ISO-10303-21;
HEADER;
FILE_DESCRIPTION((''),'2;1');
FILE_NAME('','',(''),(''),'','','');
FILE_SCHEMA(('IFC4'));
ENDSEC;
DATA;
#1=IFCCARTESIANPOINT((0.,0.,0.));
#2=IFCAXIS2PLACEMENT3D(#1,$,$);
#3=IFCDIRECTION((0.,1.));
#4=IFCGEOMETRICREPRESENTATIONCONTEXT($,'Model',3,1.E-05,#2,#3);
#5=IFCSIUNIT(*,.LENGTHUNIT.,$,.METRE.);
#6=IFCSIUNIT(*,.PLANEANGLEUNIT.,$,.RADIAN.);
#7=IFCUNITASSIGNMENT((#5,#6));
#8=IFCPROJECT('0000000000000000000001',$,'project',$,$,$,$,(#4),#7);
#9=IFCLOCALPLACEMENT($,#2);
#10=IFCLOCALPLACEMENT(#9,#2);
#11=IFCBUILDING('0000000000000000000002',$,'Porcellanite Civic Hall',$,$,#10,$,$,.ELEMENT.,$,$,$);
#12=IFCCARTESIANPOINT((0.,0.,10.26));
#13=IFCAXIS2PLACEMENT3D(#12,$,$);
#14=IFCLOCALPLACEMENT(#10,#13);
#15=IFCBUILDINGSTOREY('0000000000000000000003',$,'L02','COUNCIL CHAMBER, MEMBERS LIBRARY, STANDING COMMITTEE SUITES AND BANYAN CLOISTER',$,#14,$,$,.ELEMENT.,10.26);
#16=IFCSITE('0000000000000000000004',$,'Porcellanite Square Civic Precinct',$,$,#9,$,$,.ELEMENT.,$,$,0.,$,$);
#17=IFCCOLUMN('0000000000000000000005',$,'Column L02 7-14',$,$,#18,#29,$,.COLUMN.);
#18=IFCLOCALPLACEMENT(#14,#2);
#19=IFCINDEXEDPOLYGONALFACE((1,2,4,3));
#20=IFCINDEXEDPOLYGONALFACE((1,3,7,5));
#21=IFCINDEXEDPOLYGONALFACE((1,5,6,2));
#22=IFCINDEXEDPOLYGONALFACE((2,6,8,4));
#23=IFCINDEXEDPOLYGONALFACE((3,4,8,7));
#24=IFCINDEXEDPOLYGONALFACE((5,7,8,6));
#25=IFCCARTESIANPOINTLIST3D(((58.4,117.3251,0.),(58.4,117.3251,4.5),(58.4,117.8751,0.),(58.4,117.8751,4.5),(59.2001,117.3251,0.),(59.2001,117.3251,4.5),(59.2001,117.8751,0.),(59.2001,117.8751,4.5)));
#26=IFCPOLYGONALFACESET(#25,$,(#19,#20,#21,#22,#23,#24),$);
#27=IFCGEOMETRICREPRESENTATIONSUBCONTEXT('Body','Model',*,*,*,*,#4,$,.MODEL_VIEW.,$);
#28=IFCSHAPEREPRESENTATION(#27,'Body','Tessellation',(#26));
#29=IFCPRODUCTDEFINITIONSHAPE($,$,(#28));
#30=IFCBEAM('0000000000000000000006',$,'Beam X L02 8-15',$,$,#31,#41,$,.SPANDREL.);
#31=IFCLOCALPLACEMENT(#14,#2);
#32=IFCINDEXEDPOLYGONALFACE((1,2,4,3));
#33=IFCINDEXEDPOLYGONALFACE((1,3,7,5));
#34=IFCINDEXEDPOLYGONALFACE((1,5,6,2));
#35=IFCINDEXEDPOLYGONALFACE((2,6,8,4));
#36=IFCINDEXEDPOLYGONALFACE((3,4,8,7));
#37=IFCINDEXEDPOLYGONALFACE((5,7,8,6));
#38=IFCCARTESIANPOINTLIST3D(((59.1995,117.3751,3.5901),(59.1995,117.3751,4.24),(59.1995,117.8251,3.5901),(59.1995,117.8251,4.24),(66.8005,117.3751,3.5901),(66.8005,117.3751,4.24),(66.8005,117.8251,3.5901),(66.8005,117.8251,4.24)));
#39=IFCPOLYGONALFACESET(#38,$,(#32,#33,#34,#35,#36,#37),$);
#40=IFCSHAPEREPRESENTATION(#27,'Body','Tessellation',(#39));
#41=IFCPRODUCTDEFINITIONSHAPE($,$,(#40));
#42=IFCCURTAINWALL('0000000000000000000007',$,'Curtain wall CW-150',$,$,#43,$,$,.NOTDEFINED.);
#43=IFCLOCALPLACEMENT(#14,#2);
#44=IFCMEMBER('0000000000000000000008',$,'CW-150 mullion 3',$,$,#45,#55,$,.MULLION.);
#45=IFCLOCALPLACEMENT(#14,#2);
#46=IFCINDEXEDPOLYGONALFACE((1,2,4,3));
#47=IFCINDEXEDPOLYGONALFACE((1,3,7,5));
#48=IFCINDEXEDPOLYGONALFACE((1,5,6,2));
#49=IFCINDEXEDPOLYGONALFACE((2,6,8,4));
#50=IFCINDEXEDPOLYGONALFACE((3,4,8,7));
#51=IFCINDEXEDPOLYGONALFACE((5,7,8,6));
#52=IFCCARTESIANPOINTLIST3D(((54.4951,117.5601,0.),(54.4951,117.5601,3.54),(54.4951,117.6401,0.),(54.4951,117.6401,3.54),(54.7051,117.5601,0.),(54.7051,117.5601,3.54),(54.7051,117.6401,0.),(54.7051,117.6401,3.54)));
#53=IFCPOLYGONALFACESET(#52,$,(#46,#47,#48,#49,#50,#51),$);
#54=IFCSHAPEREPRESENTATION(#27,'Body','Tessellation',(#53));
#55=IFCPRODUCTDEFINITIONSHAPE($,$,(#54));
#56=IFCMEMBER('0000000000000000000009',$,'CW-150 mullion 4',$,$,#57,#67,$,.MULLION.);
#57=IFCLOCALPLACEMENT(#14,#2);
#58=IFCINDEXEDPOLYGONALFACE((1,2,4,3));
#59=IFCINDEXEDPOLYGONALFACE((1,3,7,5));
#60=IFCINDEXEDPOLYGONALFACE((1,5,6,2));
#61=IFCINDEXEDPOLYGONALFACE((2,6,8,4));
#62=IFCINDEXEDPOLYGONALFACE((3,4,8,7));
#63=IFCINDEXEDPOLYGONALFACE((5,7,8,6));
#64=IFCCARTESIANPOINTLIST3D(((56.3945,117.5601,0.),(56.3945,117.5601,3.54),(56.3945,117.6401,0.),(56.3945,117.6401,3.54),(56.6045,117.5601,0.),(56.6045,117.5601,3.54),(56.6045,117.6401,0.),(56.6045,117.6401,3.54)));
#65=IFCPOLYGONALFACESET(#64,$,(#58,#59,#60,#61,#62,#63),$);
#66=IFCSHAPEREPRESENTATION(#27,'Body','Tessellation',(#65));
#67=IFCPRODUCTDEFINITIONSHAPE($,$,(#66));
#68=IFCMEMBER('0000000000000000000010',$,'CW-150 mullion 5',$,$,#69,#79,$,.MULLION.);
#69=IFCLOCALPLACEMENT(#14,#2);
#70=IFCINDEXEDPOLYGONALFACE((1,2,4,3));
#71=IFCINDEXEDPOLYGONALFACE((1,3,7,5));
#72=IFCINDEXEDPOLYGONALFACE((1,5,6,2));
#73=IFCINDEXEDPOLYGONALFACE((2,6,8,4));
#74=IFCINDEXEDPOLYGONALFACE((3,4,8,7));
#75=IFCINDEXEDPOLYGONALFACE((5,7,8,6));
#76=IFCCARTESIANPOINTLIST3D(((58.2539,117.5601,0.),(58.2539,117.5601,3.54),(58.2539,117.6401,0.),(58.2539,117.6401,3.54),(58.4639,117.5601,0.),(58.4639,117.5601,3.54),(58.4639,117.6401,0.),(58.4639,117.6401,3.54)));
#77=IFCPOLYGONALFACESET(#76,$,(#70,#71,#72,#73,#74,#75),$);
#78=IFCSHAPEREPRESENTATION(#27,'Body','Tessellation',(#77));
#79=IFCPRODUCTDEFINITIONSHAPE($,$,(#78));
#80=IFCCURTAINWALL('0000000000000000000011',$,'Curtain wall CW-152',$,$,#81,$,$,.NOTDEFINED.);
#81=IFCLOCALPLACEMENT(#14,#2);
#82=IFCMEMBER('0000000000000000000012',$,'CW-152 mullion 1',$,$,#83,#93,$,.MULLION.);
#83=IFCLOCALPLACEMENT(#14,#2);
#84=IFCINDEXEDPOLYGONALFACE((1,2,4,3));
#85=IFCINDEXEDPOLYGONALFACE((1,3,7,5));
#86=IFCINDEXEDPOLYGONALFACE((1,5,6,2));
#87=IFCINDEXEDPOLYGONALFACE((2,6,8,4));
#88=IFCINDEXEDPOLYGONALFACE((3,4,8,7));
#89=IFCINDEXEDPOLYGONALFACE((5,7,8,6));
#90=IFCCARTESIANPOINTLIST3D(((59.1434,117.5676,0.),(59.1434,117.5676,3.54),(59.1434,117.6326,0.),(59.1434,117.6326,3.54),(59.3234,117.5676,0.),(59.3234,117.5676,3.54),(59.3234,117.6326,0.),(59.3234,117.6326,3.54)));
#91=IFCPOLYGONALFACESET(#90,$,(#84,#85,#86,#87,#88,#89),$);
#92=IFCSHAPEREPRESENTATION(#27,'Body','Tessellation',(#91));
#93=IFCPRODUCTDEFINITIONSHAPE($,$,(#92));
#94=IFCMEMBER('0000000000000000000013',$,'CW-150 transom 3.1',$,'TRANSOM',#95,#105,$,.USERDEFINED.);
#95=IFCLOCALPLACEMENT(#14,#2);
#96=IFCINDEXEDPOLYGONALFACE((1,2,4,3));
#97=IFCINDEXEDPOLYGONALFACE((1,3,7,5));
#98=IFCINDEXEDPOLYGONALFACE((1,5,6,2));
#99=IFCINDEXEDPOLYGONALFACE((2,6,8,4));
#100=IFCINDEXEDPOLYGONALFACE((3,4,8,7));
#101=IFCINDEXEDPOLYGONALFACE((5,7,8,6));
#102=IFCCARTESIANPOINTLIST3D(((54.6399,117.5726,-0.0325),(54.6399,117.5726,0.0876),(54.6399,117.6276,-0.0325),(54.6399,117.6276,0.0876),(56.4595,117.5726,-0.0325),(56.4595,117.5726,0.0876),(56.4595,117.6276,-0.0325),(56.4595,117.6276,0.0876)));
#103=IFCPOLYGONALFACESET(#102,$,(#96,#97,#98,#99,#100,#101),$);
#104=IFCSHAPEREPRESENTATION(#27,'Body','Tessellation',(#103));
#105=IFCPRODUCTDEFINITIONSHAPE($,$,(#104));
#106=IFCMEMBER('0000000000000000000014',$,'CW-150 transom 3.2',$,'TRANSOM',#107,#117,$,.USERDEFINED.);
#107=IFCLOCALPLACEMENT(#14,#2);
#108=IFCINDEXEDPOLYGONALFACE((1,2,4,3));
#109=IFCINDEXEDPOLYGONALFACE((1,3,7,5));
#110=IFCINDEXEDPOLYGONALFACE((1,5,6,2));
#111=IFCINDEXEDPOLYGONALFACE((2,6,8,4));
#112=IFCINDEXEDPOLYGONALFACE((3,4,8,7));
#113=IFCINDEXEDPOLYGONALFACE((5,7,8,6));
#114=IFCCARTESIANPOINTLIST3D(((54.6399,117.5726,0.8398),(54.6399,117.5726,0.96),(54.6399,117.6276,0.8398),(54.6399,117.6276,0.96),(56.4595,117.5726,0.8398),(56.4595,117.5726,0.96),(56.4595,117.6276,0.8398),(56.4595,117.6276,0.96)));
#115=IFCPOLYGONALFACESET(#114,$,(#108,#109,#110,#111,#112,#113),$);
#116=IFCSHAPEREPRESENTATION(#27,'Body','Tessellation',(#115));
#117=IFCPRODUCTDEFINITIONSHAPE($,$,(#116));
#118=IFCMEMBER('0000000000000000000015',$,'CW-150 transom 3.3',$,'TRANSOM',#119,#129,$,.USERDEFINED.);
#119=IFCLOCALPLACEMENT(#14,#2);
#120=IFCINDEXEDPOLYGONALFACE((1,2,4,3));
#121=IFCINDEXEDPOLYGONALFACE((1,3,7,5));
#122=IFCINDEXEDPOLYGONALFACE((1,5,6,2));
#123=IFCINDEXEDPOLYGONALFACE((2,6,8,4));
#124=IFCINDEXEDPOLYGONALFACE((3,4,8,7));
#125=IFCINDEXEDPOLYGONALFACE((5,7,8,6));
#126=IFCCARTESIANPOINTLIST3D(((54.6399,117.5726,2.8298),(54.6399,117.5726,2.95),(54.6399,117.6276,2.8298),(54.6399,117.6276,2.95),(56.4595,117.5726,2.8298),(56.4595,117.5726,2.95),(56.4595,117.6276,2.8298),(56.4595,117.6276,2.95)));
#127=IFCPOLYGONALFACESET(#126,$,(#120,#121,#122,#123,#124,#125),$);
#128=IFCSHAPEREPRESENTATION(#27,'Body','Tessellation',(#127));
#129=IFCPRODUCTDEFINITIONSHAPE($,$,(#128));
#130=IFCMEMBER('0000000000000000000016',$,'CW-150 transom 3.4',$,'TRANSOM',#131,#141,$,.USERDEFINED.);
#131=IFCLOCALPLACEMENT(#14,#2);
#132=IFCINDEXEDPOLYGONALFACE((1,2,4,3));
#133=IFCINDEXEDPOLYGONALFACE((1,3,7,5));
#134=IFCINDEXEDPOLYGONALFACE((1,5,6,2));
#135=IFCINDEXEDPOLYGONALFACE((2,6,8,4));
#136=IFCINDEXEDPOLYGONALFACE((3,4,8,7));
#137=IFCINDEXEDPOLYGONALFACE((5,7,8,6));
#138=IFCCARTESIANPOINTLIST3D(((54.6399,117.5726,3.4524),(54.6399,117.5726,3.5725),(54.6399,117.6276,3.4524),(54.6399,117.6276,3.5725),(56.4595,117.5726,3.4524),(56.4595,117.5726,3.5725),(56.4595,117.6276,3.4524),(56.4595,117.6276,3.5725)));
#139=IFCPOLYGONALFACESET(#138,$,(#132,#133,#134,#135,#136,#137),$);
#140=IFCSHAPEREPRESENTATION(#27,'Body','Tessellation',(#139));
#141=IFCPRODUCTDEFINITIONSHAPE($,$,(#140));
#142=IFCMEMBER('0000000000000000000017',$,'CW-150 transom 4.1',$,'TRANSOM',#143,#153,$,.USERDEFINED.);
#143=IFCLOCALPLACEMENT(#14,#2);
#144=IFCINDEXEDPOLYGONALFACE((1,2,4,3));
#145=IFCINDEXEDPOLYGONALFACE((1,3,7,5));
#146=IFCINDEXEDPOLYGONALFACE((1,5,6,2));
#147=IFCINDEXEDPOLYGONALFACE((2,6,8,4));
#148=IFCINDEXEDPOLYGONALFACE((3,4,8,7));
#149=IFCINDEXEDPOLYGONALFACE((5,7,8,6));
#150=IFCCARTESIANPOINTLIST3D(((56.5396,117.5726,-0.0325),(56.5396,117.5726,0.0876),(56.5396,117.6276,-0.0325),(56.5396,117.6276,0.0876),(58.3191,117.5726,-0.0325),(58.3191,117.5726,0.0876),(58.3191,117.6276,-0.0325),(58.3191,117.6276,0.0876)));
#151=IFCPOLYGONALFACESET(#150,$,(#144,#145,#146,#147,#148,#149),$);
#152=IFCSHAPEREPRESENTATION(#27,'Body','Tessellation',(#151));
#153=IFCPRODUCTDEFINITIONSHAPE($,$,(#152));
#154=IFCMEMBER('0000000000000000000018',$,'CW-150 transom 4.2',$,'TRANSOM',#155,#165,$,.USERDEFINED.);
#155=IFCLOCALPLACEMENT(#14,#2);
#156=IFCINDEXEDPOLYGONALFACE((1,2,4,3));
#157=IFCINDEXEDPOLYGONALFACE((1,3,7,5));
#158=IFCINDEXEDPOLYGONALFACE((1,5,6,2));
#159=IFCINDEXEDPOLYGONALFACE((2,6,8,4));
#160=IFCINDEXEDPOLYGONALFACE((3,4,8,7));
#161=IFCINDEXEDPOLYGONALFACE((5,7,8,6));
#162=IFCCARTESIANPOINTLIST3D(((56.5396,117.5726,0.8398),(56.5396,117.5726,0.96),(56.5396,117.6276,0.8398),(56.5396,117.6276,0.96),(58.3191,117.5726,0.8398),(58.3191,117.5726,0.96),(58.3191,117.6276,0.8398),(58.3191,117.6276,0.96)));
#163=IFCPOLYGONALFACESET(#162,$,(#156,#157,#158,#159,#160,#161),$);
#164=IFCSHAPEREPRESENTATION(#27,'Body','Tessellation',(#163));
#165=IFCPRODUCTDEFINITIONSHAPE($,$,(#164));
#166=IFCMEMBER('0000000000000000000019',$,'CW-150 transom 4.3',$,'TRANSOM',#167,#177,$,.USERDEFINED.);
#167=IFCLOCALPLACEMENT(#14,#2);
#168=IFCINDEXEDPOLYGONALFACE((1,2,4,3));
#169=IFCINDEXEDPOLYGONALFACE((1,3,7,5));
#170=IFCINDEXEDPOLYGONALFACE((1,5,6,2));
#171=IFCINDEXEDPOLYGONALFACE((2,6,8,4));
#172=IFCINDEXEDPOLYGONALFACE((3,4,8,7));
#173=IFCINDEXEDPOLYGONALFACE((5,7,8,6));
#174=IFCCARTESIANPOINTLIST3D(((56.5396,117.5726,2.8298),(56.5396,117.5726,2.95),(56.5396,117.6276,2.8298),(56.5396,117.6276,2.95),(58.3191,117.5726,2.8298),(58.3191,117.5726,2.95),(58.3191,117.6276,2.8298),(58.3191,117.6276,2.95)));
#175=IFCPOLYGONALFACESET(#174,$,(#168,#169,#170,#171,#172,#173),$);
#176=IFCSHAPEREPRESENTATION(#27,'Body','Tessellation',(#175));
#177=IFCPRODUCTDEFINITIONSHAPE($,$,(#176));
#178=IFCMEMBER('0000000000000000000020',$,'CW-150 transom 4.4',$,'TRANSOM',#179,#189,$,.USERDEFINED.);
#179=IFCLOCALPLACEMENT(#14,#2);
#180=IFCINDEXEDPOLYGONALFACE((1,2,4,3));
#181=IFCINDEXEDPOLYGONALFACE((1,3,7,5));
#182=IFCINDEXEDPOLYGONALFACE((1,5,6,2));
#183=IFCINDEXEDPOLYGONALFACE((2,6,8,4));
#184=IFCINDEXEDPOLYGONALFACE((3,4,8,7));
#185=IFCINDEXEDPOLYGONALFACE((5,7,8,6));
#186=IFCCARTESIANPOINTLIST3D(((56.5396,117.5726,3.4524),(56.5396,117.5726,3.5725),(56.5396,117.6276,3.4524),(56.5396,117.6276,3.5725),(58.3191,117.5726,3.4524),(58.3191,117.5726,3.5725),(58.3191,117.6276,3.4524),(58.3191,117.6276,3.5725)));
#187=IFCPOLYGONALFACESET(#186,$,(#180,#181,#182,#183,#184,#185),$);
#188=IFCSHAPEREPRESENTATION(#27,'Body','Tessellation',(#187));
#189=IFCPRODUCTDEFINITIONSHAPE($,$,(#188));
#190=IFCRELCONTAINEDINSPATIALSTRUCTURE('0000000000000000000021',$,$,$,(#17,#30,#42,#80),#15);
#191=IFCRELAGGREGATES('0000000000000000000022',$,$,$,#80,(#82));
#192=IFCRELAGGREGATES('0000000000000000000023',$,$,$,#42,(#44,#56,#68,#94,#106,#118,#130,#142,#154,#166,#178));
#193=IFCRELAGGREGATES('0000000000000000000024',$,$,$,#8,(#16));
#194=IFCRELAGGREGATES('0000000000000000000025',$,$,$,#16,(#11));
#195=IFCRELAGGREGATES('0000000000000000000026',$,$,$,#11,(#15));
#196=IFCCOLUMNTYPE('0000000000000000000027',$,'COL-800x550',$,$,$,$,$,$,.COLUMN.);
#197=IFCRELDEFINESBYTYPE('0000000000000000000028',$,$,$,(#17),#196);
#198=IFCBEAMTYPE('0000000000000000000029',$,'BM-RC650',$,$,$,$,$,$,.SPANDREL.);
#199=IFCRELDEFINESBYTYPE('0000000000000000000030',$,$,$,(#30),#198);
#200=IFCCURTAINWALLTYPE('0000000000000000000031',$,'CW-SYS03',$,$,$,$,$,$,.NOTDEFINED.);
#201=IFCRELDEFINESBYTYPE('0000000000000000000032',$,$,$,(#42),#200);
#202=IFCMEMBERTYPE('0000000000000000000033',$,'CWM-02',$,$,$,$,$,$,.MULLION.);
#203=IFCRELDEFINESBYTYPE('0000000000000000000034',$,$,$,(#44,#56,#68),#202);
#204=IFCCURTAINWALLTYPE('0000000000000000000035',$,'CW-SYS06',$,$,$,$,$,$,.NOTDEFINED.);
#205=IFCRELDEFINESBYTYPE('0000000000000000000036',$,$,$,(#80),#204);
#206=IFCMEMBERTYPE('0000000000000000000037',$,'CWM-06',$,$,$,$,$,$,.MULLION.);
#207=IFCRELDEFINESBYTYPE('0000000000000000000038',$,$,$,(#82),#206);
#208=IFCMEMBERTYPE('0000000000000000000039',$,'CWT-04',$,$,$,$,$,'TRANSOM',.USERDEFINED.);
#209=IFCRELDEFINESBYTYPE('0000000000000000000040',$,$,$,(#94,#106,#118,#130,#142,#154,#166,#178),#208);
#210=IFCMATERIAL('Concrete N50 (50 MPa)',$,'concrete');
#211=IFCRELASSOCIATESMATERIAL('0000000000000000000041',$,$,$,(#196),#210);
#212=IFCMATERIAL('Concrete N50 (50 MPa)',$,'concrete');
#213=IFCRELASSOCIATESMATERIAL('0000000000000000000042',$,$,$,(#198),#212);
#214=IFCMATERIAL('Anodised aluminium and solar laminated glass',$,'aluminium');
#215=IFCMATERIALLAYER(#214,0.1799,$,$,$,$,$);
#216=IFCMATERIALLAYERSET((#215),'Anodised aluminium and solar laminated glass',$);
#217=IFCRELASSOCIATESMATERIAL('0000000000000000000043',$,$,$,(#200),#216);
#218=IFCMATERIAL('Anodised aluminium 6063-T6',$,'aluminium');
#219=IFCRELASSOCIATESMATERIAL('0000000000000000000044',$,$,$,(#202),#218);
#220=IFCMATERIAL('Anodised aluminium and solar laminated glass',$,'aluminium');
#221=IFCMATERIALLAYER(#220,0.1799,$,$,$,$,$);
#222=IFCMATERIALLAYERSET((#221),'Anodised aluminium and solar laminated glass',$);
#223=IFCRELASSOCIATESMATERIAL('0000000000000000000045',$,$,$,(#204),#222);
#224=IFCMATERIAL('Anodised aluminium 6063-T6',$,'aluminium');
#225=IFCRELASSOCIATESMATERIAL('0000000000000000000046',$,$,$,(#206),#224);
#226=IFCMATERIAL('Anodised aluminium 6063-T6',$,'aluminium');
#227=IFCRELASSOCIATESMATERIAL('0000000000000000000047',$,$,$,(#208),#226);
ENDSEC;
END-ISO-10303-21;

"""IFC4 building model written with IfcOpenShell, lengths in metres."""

from ifc_helpers import new_model, si_unit, direction, frame, origin, origin_2d, place, context, subcontext, project, spatial, rectangle, extrude, material, layer, layer_set, material_profile, profile_set, type_object, element, aggregate, save


model = new_model("IFC4")

# Units and contexts
model_context = context("Model", 3, precision=1e-05, world=origin(), true_north=direction((0.0, 1.0)))
body_context = subcontext(model_context, "Body", "Model", "MODEL_VIEW")
ifc_project = project(units=[si_unit("LENGTHUNIT", "METRE"), si_unit("PLANEANGLEUNIT", "RADIAN")], contexts=[model_context])

# Site, building, storey
site_placement = place(None, origin())
site = spatial("IfcSite", under=ifc_project, at=site_placement, Name="Porcellanite Square Civic Precinct", CompositionType="ELEMENT", RefElevation=0.0)
building_placement = place(site_placement, origin())
building = spatial("IfcBuilding", under=site, at=building_placement, Name="Porcellanite Civic Hall", CompositionType="ELEMENT")
storey_placement = place(building_placement, frame((0.0, 0.0, 10.26)))
storey = spatial("IfcBuildingStorey", under=building, at=storey_placement, Name="L02", Description="COUNCIL CHAMBER, MEMBERS LIBRARY, STANDING COMMITTEE SUITES AND BANYAN CLOISTER", CompositionType="ELEMENT", Elevation=10.26)

# Column
ifc_material_1 = material(Name="Concrete N50 (50 MPa)", Category="concrete")
ifc_material_profile_1 = material_profile(ifc_material_1, rectangle(XDim=0.8, YDim=0.55, at=origin_2d()), Name="RC-800x550")
ifc_profile_set_1 = profile_set([ifc_material_profile_1], Name="Concrete N50 (50 MPa)")
column_type = type_object("IfcColumnType", Name="COL-800x550", PredefinedType="COLUMN", material=ifc_profile_set_1)
column_placement = place(storey_placement, frame((58.8, 117.6001, 0.0), z_axis=(0.0, 0.0, 1.0), x_axis=(1.0, 0.0, 0.0)))
element("IfcColumn", 1, at=column_placement, inside=storey, type_object=column_type, Name="Column L02 7-14", PredefinedType="COLUMN", context=body_context, shape_type="SweptSolid", body=[
    extrude(rectangle(XDim=0.8, YDim=0.55, at=origin_2d()), origin(), (0.0, 0.0, 1.0), 4.5),
])

# Beam
ifc_material_2 = material(Name="Concrete N50 (50 MPa)", Category="concrete")
ifc_material_profile_2 = material_profile(ifc_material_2, rectangle(XDim=0.45, YDim=0.6499, at=origin_2d()), Name="RC-450x650")
ifc_profile_set_2 = profile_set([ifc_material_profile_2], Name="Concrete N50 (50 MPa)")
beam_type = type_object("IfcBeamType", Name="BM-RC650", PredefinedType="SPANDREL", material=ifc_profile_set_2)
beam_placement = place(storey_placement, frame((59.1995, 117.6001, 3.915), z_axis=(1.0, 0.0, 0.0), x_axis=(0.0, 1.0, 0.0)))
element("IfcBeam", 2, at=beam_placement, inside=storey, type_object=beam_type, Name="Beam X L02 8-15", PredefinedType="SPANDREL", context=body_context, shape_type="SweptSolid", body=[
    extrude(rectangle(XDim=0.45, YDim=0.6499, at=origin_2d()), origin(), (0.0, 0.0, 1.0), 7.6011),
])

# Curtain wall, members
ifc_material_3 = material(Name="Anodised aluminium and solar laminated glass", Category="aluminium")
ifc_layer_1 = layer(ifc_material_3, 0.1799)
ifc_layer_set_1 = layer_set([ifc_layer_1], Name="Anodised aluminium and solar laminated glass")
curtain_wall_type_1 = type_object("IfcCurtainWallType", Name="CW-SYS03", PredefinedType="NOTDEFINED", material=ifc_layer_set_1)
curtain_wall_1_placement = place(storey_placement, origin())
curtain_wall_1 = element("IfcCurtainWall", 3, at=curtain_wall_1_placement, inside=storey, type_object=curtain_wall_type_1, Name="Curtain wall CW-150", PredefinedType="NOTDEFINED")
ifc_material_4 = material(Name="Anodised aluminium 6063-T6", Category="aluminium")
ifc_material_profile_3 = material_profile(ifc_material_4, rectangle(XDim=0.0801, YDim=0.21, at=origin_2d()), Name="AL-80x210")
ifc_profile_set_3 = profile_set([ifc_material_profile_3], Name="Anodised aluminium 6063-T6")
member_type_1 = type_object("IfcMemberType", Name="CWM-02", PredefinedType="MULLION", material=ifc_profile_set_3)
member_1_placement = place(storey_placement, frame((54.6001, 117.6001, 0.0), z_axis=(0.0, 0.0, 1.0), x_axis=(0.0, 1.0, 0.0)))
member_1 = element("IfcMember", 4, at=member_1_placement, type_object=member_type_1, Name="CW-150 mullion 3", PredefinedType="MULLION", context=body_context, shape_type="SweptSolid", body=[
    extrude(rectangle(XDim=0.0801, YDim=0.21, at=origin_2d()), origin(), (0.0, 0.0, 1.0), 3.54),
])
member_2_placement = place(storey_placement, frame((56.4995, 117.6001, 0.0), z_axis=(0.0, 0.0, 1.0), x_axis=(0.0, 1.0, 0.0)))
member_2 = element("IfcMember", 5, at=member_2_placement, type_object=member_type_1, Name="CW-150 mullion 4", PredefinedType="MULLION", context=body_context, shape_type="SweptSolid", body=[
    extrude(rectangle(XDim=0.0801, YDim=0.21, at=origin_2d()), origin(), (0.0, 0.0, 1.0), 3.54),
])
member_3_placement = place(storey_placement, frame((58.3589, 117.6001, 0.0), z_axis=(0.0, 0.0, 1.0), x_axis=(0.0, 1.0, 0.0)))
member_3 = element("IfcMember", 6, at=member_3_placement, type_object=member_type_1, Name="CW-150 mullion 5", PredefinedType="MULLION", context=body_context, shape_type="SweptSolid", body=[
    extrude(rectangle(XDim=0.0801, YDim=0.21, at=origin_2d()), origin(), (0.0, 0.0, 1.0), 3.54),
])

# Curtain wall, member
ifc_material_5 = material(Name="Anodised aluminium and solar laminated glass", Category="aluminium")
ifc_layer_2 = layer(ifc_material_5, 0.1799)
ifc_layer_set_2 = layer_set([ifc_layer_2], Name="Anodised aluminium and solar laminated glass")
curtain_wall_type_2 = type_object("IfcCurtainWallType", Name="CW-SYS06", PredefinedType="NOTDEFINED", material=ifc_layer_set_2)
curtain_wall_2_placement = place(storey_placement, origin())
curtain_wall_2 = element("IfcCurtainWall", 7, at=curtain_wall_2_placement, inside=storey, type_object=curtain_wall_type_2, Name="Curtain wall CW-152", PredefinedType="NOTDEFINED")
ifc_material_6 = material(Name="Anodised aluminium 6063-T6", Category="aluminium")
ifc_material_profile_4 = material_profile(ifc_material_6, rectangle(XDim=0.0649, YDim=0.1799, at=origin_2d()), Name="AL-65x180")
ifc_profile_set_4 = profile_set([ifc_material_profile_4], Name="Anodised aluminium 6063-T6")
member_type_2 = type_object("IfcMemberType", Name="CWM-06", PredefinedType="MULLION", material=ifc_profile_set_4)
member_4_placement = place(storey_placement, frame((59.2334, 117.6001, 0.0), z_axis=(0.0, 0.0, 1.0), x_axis=(0.0, 1.0, 0.0)))
member_4 = element("IfcMember", 8, at=member_4_placement, type_object=member_type_2, Name="CW-152 mullion 1", PredefinedType="MULLION", context=body_context, shape_type="SweptSolid", body=[
    extrude(rectangle(XDim=0.0649, YDim=0.1799, at=origin_2d()), origin(), (0.0, 0.0, 1.0), 3.54),
])

# Members
ifc_material_7 = material(Name="Anodised aluminium 6063-T6", Category="aluminium")
ifc_material_profile_5 = material_profile(ifc_material_7, rectangle(XDim=0.0549, YDim=0.1201, at=origin_2d()), Name="AL-55x120")
ifc_profile_set_5 = profile_set([ifc_material_profile_5], Name="Anodised aluminium 6063-T6")
member_type_3 = type_object("IfcMemberType", Name="CWT-04", ElementType="TRANSOM", PredefinedType="USERDEFINED", material=ifc_profile_set_5)
member_5_placement = place(storey_placement, frame((54.6399, 117.6001, 0.0276), z_axis=(1.0, 0.0, 0.0), x_axis=(0.0, 1.0, 0.0)))
member_5 = element("IfcMember", 9, at=member_5_placement, type_object=member_type_3, Name="CW-150 transom 3.1", ObjectType="TRANSOM", PredefinedType="USERDEFINED", context=body_context, shape_type="SweptSolid", body=[
    extrude(rectangle(XDim=0.0549, YDim=0.1201, at=origin_2d()), origin(), (0.0, 0.0, 1.0), 1.8196),
])
member_6_placement = place(storey_placement, frame((54.6399, 117.6001, 0.8999), z_axis=(1.0, 0.0, 0.0), x_axis=(0.0, 1.0, 0.0)))
member_6 = element("IfcMember", 10, at=member_6_placement, type_object=member_type_3, Name="CW-150 transom 3.2", ObjectType="TRANSOM", PredefinedType="USERDEFINED", context=body_context, shape_type="SweptSolid", body=[
    extrude(rectangle(XDim=0.0549, YDim=0.1201, at=origin_2d()), origin(), (0.0, 0.0, 1.0), 1.8196),
])
member_7_placement = place(storey_placement, frame((54.6399, 117.6001, 2.8899), z_axis=(1.0, 0.0, 0.0), x_axis=(0.0, 1.0, 0.0)))
member_7 = element("IfcMember", 11, at=member_7_placement, type_object=member_type_3, Name="CW-150 transom 3.3", ObjectType="TRANSOM", PredefinedType="USERDEFINED", context=body_context, shape_type="SweptSolid", body=[
    extrude(rectangle(XDim=0.0549, YDim=0.1201, at=origin_2d()), origin(), (0.0, 0.0, 1.0), 1.8196),
])
member_8_placement = place(storey_placement, frame((54.6399, 117.6001, 3.5125), z_axis=(1.0, 0.0, 0.0), x_axis=(0.0, 1.0, 0.0)))
member_8 = element("IfcMember", 12, at=member_8_placement, type_object=member_type_3, Name="CW-150 transom 3.4", ObjectType="TRANSOM", PredefinedType="USERDEFINED", context=body_context, shape_type="SweptSolid", body=[
    extrude(rectangle(XDim=0.0549, YDim=0.1201, at=origin_2d()), origin(), (0.0, 0.0, 1.0), 1.8196),
])
member_9_placement = place(storey_placement, frame((56.5396, 117.6001, 0.0276), z_axis=(1.0, 0.0, 0.0), x_axis=(0.0, 1.0, 0.0)))
member_9 = element("IfcMember", 13, at=member_9_placement, type_object=member_type_3, Name="CW-150 transom 4.1", ObjectType="TRANSOM", PredefinedType="USERDEFINED", context=body_context, shape_type="SweptSolid", body=[
    extrude(rectangle(XDim=0.0549, YDim=0.1201, at=origin_2d()), origin(), (0.0, 0.0, 1.0), 1.7795),
])
member_10_placement = place(storey_placement, frame((56.5396, 117.6001, 0.8999), z_axis=(1.0, 0.0, 0.0), x_axis=(0.0, 1.0, 0.0)))
member_10 = element("IfcMember", 14, at=member_10_placement, type_object=member_type_3, Name="CW-150 transom 4.2", ObjectType="TRANSOM", PredefinedType="USERDEFINED", context=body_context, shape_type="SweptSolid", body=[
    extrude(rectangle(XDim=0.0549, YDim=0.1201, at=origin_2d()), origin(), (0.0, 0.0, 1.0), 1.7795),
])
member_11_placement = place(storey_placement, frame((56.5396, 117.6001, 2.8899), z_axis=(1.0, 0.0, 0.0), x_axis=(0.0, 1.0, 0.0)))
member_11 = element("IfcMember", 15, at=member_11_placement, type_object=member_type_3, Name="CW-150 transom 4.3", ObjectType="TRANSOM", PredefinedType="USERDEFINED", context=body_context, shape_type="SweptSolid", body=[
    extrude(rectangle(XDim=0.0549, YDim=0.1201, at=origin_2d()), origin(), (0.0, 0.0, 1.0), 1.7795),
])
member_12_placement = place(storey_placement, frame((56.5396, 117.6001, 3.5125), z_axis=(1.0, 0.0, 0.0), x_axis=(0.0, 1.0, 0.0)))
member_12 = element("IfcMember", 16, at=member_12_placement, type_object=member_type_3, Name="CW-150 transom 4.4", ObjectType="TRANSOM", PredefinedType="USERDEFINED", context=body_context, shape_type="SweptSolid", body=[
    extrude(rectangle(XDim=0.0549, YDim=0.1201, at=origin_2d()), origin(), (0.0, 0.0, 1.0), 1.7795),
])
aggregate(curtain_wall_2, [member_4])

aggregate(curtain_wall_1, [member_1, member_2, member_3, member_5, member_6, member_7, member_8, member_9, member_10, member_11, member_12])

save(model, "model.ifc")
